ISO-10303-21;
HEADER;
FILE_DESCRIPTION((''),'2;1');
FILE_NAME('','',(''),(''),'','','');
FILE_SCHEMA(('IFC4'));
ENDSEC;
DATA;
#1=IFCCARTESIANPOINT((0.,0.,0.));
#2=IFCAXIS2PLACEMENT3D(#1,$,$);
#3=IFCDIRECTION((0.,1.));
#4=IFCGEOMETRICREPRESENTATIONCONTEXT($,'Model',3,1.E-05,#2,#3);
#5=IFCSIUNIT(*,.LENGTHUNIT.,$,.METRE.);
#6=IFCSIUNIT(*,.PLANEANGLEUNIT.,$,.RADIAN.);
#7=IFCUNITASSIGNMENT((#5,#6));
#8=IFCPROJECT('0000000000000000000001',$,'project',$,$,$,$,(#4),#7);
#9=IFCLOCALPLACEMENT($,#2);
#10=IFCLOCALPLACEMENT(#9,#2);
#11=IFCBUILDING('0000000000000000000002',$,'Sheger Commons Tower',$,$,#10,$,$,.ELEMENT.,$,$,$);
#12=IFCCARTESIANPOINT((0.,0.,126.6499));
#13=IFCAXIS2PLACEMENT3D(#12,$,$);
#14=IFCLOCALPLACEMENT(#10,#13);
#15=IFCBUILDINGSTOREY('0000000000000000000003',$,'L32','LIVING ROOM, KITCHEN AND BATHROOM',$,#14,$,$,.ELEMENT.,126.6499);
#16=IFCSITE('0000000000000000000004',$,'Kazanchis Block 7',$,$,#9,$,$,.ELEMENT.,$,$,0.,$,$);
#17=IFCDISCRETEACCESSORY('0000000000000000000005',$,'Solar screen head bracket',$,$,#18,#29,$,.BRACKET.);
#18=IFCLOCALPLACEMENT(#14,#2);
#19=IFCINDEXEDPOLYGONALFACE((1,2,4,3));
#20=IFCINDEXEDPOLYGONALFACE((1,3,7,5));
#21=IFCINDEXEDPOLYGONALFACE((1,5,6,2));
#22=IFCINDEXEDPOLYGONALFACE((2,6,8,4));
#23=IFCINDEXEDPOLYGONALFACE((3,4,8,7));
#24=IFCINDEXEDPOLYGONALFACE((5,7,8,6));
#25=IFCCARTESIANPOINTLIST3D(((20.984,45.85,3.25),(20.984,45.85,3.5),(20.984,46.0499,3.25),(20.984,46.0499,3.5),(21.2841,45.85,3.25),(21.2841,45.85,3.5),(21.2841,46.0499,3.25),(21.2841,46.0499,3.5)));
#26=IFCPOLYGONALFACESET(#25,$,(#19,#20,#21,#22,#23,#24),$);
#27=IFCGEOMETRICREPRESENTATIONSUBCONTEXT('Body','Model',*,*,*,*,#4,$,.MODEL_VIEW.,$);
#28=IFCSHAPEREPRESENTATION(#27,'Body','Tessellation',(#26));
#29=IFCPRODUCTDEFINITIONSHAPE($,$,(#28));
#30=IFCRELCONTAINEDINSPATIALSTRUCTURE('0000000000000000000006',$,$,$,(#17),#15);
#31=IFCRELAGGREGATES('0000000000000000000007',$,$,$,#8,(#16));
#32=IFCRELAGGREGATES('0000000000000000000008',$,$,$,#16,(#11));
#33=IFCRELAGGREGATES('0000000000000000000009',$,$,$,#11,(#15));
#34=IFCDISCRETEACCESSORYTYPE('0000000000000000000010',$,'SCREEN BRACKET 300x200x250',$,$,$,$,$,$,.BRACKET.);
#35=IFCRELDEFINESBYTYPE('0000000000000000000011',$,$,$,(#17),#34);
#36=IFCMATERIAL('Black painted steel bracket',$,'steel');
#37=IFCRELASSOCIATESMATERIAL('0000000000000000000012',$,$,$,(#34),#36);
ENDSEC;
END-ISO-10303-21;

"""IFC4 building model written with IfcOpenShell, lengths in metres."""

from ifc_helpers import new_model, si_unit, direction, frame, origin, origin_2d, place, context, subcontext, project, spatial, rectangle, extrude, material, type_object, element, save


model = new_model("IFC4")

# Units and contexts
model_context = context("Model", 3, precision=1e-05, world=origin(), true_north=direction((0.0, 1.0)))
body_context = subcontext(model_context, "Body", "Model", "MODEL_VIEW")
ifc_project = project(units=[si_unit("LENGTHUNIT", "METRE"), si_unit("PLANEANGLEUNIT", "RADIAN")], contexts=[model_context])

# Site, building, storey
site_placement = place(None, origin())
site = spatial("IfcSite", under=ifc_project, at=site_placement, Name="Kazanchis Block 7", CompositionType="ELEMENT", RefElevation=0.0)
building_placement = place(site_placement, origin())
building = spatial("IfcBuilding", under=site, at=building_placement, Name="Sheger Commons Tower", CompositionType="ELEMENT")
storey_placement = place(building_placement, frame((0.0, 0.0, 126.6499)))
storey = spatial("IfcBuildingStorey", under=building, at=storey_placement, Name="L32", Description="LIVING ROOM, KITCHEN AND BATHROOM", CompositionType="ELEMENT", Elevation=126.6499)

# Discrete accessory
ifc_material_1 = material(Name="Black painted steel bracket", Category="steel")
discrete_accessory_type = type_object("IfcDiscreteAccessoryType", Name="SCREEN BRACKET 300x200x250", PredefinedType="BRACKET", material=ifc_material_1)
for number, where, z_axis, x_axis, name in (
    (1, (21.134, 45.95, 3.25), (0.0, 0.0, 1.0), (-1.0, 0.0, 0.0), "Solar screen head bracket"),
):
    element("IfcDiscreteAccessory", number, at=place(storey_placement, frame(where, z_axis=z_axis, x_axis=x_axis)), inside=storey, type_object=discrete_accessory_type, Name=name, PredefinedType="BRACKET", context=body_context, shape_type="SweptSolid", body=[
        extrude(rectangle(XDim=0.3, YDim=0.2, at=origin_2d()), origin(), (0.0, 0.0, 1.0), 0.25),
    ])

save(model, "model.ifc")
